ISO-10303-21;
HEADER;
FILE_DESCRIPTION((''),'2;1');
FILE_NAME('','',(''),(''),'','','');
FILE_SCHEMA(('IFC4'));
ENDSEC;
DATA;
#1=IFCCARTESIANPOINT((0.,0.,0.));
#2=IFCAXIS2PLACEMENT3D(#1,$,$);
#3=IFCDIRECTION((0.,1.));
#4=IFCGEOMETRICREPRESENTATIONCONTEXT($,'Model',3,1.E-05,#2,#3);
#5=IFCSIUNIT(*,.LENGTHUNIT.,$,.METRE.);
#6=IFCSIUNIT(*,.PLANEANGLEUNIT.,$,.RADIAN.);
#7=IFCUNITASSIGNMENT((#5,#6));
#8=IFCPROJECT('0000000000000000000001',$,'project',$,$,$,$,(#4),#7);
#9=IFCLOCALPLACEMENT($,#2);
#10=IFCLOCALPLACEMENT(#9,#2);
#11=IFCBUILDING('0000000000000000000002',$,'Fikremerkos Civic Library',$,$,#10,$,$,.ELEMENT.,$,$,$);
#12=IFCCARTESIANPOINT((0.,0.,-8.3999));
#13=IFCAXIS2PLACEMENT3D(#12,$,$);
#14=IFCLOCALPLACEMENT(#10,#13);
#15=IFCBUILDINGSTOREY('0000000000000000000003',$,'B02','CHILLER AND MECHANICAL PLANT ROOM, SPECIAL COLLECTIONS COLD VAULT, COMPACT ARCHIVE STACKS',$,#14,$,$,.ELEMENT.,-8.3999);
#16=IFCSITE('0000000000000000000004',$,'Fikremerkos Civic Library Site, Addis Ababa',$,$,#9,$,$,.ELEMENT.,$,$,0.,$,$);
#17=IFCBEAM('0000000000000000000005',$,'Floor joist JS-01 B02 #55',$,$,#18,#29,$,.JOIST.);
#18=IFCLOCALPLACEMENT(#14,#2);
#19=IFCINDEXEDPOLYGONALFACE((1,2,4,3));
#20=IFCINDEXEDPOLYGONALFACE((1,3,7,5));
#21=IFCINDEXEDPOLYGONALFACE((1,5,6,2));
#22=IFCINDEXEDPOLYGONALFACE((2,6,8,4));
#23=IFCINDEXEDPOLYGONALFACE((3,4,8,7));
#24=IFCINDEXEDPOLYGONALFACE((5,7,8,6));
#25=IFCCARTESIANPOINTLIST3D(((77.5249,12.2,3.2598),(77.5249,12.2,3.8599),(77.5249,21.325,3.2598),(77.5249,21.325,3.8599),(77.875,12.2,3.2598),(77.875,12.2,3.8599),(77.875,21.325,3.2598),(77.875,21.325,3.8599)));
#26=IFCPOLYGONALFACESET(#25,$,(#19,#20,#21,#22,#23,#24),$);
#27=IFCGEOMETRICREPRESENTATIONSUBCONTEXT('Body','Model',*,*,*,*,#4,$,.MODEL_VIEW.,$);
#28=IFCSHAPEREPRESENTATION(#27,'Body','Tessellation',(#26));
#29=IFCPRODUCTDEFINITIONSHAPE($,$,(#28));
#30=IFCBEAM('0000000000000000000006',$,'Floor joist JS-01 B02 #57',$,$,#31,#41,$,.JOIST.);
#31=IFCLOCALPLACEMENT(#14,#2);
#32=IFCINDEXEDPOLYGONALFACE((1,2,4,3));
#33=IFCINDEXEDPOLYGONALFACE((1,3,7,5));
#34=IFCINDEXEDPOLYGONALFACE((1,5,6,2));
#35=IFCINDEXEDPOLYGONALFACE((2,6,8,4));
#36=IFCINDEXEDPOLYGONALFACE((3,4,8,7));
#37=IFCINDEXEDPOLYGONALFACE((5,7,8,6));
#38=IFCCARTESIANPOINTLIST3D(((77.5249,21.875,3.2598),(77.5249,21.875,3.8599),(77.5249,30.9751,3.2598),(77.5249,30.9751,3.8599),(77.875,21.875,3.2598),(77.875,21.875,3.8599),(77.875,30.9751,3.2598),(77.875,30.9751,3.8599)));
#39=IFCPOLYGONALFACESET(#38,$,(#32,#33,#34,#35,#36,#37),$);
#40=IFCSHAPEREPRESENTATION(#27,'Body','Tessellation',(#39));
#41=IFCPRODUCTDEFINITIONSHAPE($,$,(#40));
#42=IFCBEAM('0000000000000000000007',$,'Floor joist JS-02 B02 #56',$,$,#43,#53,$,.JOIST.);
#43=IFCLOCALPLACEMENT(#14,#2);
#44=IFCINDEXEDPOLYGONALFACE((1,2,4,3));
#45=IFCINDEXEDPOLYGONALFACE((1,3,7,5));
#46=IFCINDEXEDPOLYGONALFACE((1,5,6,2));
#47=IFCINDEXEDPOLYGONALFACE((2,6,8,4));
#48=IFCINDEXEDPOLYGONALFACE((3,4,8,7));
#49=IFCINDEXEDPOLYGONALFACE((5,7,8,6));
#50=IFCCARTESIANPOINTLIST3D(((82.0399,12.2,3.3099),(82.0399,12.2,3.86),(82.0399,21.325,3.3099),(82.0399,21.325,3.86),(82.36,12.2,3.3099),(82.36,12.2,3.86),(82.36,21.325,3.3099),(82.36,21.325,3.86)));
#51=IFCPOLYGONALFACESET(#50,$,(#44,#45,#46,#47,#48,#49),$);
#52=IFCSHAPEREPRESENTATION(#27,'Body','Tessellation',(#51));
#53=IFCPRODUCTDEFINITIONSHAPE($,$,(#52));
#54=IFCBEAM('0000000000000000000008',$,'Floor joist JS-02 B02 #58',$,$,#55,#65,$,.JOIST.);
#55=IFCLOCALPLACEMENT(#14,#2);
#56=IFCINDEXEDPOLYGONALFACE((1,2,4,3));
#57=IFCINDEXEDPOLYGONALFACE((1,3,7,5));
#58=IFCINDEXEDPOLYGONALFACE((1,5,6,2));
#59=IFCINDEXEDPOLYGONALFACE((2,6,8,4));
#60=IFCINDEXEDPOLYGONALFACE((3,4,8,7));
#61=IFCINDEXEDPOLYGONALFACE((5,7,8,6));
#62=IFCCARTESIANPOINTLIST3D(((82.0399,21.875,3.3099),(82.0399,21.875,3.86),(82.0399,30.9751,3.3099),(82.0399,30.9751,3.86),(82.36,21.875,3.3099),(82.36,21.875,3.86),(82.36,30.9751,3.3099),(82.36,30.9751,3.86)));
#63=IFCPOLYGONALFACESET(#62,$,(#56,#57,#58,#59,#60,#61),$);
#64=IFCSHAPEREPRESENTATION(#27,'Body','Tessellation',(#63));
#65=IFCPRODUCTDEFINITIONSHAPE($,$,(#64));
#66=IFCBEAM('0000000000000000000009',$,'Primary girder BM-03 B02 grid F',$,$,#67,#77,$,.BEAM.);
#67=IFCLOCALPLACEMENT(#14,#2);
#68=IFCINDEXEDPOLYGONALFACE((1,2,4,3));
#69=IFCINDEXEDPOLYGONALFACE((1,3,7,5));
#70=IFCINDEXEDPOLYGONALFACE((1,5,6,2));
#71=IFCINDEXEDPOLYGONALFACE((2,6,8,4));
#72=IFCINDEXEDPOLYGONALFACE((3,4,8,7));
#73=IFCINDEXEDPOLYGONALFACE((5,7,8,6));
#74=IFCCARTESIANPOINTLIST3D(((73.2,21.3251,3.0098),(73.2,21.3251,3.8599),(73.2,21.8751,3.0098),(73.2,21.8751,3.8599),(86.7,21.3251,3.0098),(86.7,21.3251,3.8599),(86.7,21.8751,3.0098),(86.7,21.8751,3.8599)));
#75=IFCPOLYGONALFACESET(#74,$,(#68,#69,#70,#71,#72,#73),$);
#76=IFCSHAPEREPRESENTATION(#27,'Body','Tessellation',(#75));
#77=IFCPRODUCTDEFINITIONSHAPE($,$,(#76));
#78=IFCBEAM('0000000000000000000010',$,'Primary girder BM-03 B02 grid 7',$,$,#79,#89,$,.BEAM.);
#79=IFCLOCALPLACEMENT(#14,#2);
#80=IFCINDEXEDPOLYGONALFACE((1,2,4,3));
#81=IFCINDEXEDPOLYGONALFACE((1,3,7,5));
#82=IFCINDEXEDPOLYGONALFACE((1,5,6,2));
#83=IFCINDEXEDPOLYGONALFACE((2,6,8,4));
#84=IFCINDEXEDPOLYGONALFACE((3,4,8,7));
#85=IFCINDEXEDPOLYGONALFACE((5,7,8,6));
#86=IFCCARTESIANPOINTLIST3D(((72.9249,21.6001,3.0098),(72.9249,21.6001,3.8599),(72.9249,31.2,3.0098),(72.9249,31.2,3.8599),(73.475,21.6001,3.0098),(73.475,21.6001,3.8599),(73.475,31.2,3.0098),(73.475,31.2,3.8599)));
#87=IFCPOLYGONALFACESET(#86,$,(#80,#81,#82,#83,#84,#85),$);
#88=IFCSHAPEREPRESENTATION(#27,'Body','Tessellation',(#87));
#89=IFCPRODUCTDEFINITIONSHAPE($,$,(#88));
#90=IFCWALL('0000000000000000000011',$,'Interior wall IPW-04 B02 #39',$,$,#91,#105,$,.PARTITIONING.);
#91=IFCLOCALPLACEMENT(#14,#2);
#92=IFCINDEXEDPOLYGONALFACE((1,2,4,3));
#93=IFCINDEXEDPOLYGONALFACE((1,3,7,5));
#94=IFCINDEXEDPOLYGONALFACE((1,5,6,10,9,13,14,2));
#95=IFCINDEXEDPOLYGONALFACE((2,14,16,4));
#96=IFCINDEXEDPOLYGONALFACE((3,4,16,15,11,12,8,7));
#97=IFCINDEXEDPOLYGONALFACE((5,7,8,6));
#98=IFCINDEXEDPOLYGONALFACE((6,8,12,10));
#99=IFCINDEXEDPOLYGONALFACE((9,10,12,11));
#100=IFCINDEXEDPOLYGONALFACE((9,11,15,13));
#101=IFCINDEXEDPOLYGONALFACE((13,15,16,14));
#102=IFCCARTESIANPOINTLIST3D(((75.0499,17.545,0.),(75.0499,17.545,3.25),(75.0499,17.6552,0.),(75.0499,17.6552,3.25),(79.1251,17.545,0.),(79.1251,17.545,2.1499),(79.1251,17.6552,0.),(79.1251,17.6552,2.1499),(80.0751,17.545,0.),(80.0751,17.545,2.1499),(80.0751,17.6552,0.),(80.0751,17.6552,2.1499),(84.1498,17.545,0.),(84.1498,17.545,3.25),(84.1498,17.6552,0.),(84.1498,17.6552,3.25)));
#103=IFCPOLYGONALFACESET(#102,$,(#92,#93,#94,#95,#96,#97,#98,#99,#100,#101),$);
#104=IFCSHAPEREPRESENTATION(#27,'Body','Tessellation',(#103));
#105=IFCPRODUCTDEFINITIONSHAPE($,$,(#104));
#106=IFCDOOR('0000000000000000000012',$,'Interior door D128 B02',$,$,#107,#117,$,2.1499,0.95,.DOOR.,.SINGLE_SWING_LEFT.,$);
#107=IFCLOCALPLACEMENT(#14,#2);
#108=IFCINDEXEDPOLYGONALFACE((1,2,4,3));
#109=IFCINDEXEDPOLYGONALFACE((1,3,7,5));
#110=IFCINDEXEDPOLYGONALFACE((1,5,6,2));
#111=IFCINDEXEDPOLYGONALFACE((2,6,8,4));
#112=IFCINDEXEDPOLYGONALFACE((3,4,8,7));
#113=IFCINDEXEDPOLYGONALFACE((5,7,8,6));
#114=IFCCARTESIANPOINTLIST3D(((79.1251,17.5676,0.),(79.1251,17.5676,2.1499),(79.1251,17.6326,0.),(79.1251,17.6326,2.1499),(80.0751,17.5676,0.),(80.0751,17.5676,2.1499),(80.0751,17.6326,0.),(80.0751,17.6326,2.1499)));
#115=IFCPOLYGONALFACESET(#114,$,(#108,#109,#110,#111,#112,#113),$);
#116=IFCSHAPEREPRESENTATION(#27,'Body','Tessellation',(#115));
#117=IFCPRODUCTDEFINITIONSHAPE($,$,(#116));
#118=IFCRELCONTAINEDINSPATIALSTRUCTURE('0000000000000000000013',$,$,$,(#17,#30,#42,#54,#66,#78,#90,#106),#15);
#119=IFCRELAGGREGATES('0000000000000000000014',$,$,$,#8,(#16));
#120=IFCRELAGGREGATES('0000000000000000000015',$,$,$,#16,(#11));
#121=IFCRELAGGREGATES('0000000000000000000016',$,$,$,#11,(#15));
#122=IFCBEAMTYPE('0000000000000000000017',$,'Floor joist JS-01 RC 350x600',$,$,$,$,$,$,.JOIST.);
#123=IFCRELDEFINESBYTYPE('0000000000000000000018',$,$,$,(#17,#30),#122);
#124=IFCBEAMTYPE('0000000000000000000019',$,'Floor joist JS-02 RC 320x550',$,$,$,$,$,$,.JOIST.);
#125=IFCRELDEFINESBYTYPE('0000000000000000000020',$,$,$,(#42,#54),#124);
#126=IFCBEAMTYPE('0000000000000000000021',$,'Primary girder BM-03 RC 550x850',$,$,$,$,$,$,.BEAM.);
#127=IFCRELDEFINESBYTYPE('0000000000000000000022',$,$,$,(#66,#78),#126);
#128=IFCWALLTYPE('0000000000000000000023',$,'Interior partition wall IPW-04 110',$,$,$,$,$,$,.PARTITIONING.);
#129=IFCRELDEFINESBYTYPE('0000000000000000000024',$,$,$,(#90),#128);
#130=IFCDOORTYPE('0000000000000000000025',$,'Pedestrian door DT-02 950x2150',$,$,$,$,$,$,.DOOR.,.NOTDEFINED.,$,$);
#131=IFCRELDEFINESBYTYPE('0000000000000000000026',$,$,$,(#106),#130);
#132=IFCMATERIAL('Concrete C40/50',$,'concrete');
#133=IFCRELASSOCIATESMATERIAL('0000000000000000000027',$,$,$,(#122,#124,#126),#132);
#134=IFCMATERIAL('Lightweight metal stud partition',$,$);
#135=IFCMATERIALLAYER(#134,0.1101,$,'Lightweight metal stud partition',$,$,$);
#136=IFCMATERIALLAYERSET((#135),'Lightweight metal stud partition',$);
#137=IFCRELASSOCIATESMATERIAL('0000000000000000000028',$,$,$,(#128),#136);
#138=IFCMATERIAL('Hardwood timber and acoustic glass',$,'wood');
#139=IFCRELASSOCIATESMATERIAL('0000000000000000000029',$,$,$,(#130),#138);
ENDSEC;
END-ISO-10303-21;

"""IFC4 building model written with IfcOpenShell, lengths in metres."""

from ifc_helpers import new_model, si_unit, direction, frame, frame_2d, origin, origin_2d, place, context, subcontext, project, spatial, rectangle, extrude, material, layer, layer_set, material_profile, profile_set, type_object, element, fill, save


model = new_model("IFC4")

# Units and contexts
model_context = context("Model", 3, precision=1e-05, world=origin(), true_north=direction((0.0, 1.0)))
body_context = subcontext(model_context, "Body", "Model", "MODEL_VIEW")
ifc_project = project(units=[si_unit("LENGTHUNIT", "METRE"), si_unit("PLANEANGLEUNIT", "RADIAN")], contexts=[model_context])

# Site, building, storey
site_placement = place(None, origin())
site = spatial("IfcSite", under=ifc_project, at=site_placement, Name="Fikremerkos Civic Library Site, Addis Ababa", CompositionType="ELEMENT", RefElevation=0.0)
building_placement = place(site_placement, origin())
building = spatial("IfcBuilding", under=site, at=building_placement, Name="Fikremerkos Civic Library", CompositionType="ELEMENT")
storey_placement = place(building_placement, frame((0.0, 0.0, -8.3999)))
storey = spatial("IfcBuildingStorey", under=building, at=storey_placement, Name="B02", Description="CHILLER AND MECHANICAL PLANT ROOM, SPECIAL COLLECTIONS COLD VAULT, COMPACT ARCHIVE STACKS", CompositionType="ELEMENT", Elevation=-8.3999)

# Shared definitions
ifc_material_1 = material(Name="Concrete C40/50", Category="concrete")

# Beams
ifc_material_profile_1 = material_profile(ifc_material_1, rectangle(XDim=0.3501, YDim=0.6001, at=origin_2d()), Name="RC 350x600")
ifc_profile_set_1 = profile_set([ifc_material_profile_1], Name="Concrete C40/50")
beam_type_1 = type_object("IfcBeamType", Name="Floor joist JS-01 RC 350x600", PredefinedType="JOIST", material=ifc_profile_set_1)
beam_1_placement = place(storey_placement, frame((77.7, 12.2, 3.5598), z_axis=(0.0, 1.0, 0.0), x_axis=(-1.0, 0.0, 0.0)))
element("IfcBeam", 1, at=beam_1_placement, inside=storey, type_object=beam_type_1, Name="Floor joist JS-01 B02 #55", PredefinedType="JOIST", context=body_context, shape_type="SweptSolid", body=[
    extrude(rectangle(XDim=0.3501, YDim=0.6001, at=origin_2d()), origin(), (0.0, 0.0, 1.0), 9.125),
])
beam_2_placement = place(storey_placement, frame((77.7, 21.875, 3.5598), z_axis=(0.0, 1.0, 0.0), x_axis=(-1.0, 0.0, 0.0)))
element("IfcBeam", 2, at=beam_2_placement, inside=storey, type_object=beam_type_1, Name="Floor joist JS-01 B02 #57", PredefinedType="JOIST", context=body_context, shape_type="SweptSolid", body=[
    extrude(rectangle(XDim=0.3501, YDim=0.6001, at=origin_2d()), origin(), (0.0, 0.0, 1.0), 9.1001),
])
ifc_material_profile_2 = material_profile(ifc_material_1, rectangle(XDim=0.3201, YDim=0.55, at=origin_2d()), Name="RC 320x550")
ifc_profile_set_2 = profile_set([ifc_material_profile_2], Name="Concrete C40/50")
beam_type_2 = type_object("IfcBeamType", Name="Floor joist JS-02 RC 320x550", PredefinedType="JOIST", material=ifc_profile_set_2)
beam_3_placement = place(storey_placement, frame((82.2, 12.2, 3.585), z_axis=(0.0, 1.0, 0.0), x_axis=(-1.0, 0.0, 0.0)))
element("IfcBeam", 3, at=beam_3_placement, inside=storey, type_object=beam_type_2, Name="Floor joist JS-02 B02 #56", PredefinedType="JOIST", context=body_context, shape_type="SweptSolid", body=[
    extrude(rectangle(XDim=0.3201, YDim=0.55, at=origin_2d()), origin(), (0.0, 0.0, 1.0), 9.125),
])
beam_4_placement = place(storey_placement, frame((82.2, 21.875, 3.585), z_axis=(0.0, 1.0, 0.0), x_axis=(-1.0, 0.0, 0.0)))
element("IfcBeam", 4, at=beam_4_placement, inside=storey, type_object=beam_type_2, Name="Floor joist JS-02 B02 #58", PredefinedType="JOIST", context=body_context, shape_type="SweptSolid", body=[
    extrude(rectangle(XDim=0.3201, YDim=0.55, at=origin_2d()), origin(), (0.0, 0.0, 1.0), 9.1001),
])
ifc_material_profile_3 = material_profile(ifc_material_1, rectangle(XDim=0.55, YDim=0.8501, at=origin_2d()), Name="RC 550x850")
ifc_profile_set_3 = profile_set([ifc_material_profile_3], Name="Concrete C40/50")
beam_type_3 = type_object("IfcBeamType", Name="Primary girder BM-03 RC 550x850", PredefinedType="BEAM", material=ifc_profile_set_3)
beam_5_placement = place(storey_placement, frame((73.2, 21.6001, 3.4348), z_axis=(1.0, 0.0, 0.0), x_axis=(0.0, 1.0, 0.0)))
element("IfcBeam", 5, at=beam_5_placement, inside=storey, type_object=beam_type_3, Name="Primary girder BM-03 B02 grid F", PredefinedType="BEAM", context=body_context, shape_type="SweptSolid", body=[
    extrude(rectangle(XDim=0.55, YDim=0.8501, at=origin_2d()), origin(), (0.0, 0.0, 1.0), 13.5),
])
beam_6_placement = place(storey_placement, frame((73.2, 21.6001, 3.4348), z_axis=(0.0, 1.0, 0.0), x_axis=(-1.0, 0.0, 0.0)))
element("IfcBeam", 6, at=beam_6_placement, inside=storey, type_object=beam_type_3, Name="Primary girder BM-03 B02 grid 7", PredefinedType="BEAM", context=body_context, shape_type="SweptSolid", body=[
    extrude(rectangle(XDim=0.55, YDim=0.8501, at=origin_2d()), origin(), (0.0, 0.0, 1.0), 9.5999),
])

# Wall, opening, door
ifc_material_2 = material(Name="Lightweight metal stud partition")
ifc_layer_1 = layer(ifc_material_2, 0.1101, Name="Lightweight metal stud partition")
ifc_layer_set_1 = layer_set([ifc_layer_1], Name="Lightweight metal stud partition")
wall_type_1 = type_object("IfcWallType", Name="Interior partition wall IPW-04 110", PredefinedType="PARTITIONING", material=ifc_layer_set_1)
wall_1_placement = place(storey_placement, frame((75.05, 17.6001, 0.0), z_axis=(0.0, 0.0, 1.0), x_axis=(1.0, 0.0, 0.0)))
wall_1 = element("IfcWall", 7, at=wall_1_placement, inside=storey, type_object=wall_type_1, Name="Interior wall IPW-04 B02 #39", PredefinedType="PARTITIONING", context=body_context, shape_type="SweptSolid", body=[
    extrude(rectangle(XDim=9.0999, YDim=0.1101, at=frame_2d((4.5498, 0.0))), origin(), (0.0, 0.0, 1.0), 3.25),
])
opening_1_placement = place(wall_1_placement, frame((4.075, 0.0, 0.0)))
opening_1 = element("IfcOpeningElement", 8, at=opening_1_placement, cuts=wall_1, PredefinedType="OPENING", context=body_context, shape_type="SweptSolid", body=[
    extrude(rectangle(XDim=0.95, YDim=2.1499, at=frame_2d((0.4751, 1.075))), frame((0.0, 0.0649, 0.0), z_axis=(0.0, -1.0, 0.0), x_axis=(1.0, 0.0, 0.0)), (0.0, 0.0, 1.0), 0.1301),
])
ifc_material_3 = material(Name="Hardwood timber and acoustic glass", Category="wood")
door_type_1 = type_object("IfcDoorType", Name="Pedestrian door DT-02 950x2150", OperationType="NOTDEFINED", PredefinedType="DOOR", material=ifc_material_3)
door_1_placement = place(opening_1_placement, origin())
door_1 = element("IfcDoor", 9, at=door_1_placement, inside=storey, type_object=door_type_1, Name="Interior door D128 B02", OperationType="SINGLE_SWING_LEFT", OverallHeight=2.1499, OverallWidth=0.95, PredefinedType="DOOR", context=body_context, shape_type="SweptSolid", body=[
    extrude(rectangle(XDim=0.95, YDim=2.1499, at=frame_2d((0.4751, 1.075))), frame((0.0, 0.0325, 0.0), z_axis=(0.0, -1.0, 0.0), x_axis=(1.0, 0.0, 0.0)), (0.0, 0.0, 1.0), 0.0649),
])
fill(opening_1, door_1)

save(model, "model.ifc")
